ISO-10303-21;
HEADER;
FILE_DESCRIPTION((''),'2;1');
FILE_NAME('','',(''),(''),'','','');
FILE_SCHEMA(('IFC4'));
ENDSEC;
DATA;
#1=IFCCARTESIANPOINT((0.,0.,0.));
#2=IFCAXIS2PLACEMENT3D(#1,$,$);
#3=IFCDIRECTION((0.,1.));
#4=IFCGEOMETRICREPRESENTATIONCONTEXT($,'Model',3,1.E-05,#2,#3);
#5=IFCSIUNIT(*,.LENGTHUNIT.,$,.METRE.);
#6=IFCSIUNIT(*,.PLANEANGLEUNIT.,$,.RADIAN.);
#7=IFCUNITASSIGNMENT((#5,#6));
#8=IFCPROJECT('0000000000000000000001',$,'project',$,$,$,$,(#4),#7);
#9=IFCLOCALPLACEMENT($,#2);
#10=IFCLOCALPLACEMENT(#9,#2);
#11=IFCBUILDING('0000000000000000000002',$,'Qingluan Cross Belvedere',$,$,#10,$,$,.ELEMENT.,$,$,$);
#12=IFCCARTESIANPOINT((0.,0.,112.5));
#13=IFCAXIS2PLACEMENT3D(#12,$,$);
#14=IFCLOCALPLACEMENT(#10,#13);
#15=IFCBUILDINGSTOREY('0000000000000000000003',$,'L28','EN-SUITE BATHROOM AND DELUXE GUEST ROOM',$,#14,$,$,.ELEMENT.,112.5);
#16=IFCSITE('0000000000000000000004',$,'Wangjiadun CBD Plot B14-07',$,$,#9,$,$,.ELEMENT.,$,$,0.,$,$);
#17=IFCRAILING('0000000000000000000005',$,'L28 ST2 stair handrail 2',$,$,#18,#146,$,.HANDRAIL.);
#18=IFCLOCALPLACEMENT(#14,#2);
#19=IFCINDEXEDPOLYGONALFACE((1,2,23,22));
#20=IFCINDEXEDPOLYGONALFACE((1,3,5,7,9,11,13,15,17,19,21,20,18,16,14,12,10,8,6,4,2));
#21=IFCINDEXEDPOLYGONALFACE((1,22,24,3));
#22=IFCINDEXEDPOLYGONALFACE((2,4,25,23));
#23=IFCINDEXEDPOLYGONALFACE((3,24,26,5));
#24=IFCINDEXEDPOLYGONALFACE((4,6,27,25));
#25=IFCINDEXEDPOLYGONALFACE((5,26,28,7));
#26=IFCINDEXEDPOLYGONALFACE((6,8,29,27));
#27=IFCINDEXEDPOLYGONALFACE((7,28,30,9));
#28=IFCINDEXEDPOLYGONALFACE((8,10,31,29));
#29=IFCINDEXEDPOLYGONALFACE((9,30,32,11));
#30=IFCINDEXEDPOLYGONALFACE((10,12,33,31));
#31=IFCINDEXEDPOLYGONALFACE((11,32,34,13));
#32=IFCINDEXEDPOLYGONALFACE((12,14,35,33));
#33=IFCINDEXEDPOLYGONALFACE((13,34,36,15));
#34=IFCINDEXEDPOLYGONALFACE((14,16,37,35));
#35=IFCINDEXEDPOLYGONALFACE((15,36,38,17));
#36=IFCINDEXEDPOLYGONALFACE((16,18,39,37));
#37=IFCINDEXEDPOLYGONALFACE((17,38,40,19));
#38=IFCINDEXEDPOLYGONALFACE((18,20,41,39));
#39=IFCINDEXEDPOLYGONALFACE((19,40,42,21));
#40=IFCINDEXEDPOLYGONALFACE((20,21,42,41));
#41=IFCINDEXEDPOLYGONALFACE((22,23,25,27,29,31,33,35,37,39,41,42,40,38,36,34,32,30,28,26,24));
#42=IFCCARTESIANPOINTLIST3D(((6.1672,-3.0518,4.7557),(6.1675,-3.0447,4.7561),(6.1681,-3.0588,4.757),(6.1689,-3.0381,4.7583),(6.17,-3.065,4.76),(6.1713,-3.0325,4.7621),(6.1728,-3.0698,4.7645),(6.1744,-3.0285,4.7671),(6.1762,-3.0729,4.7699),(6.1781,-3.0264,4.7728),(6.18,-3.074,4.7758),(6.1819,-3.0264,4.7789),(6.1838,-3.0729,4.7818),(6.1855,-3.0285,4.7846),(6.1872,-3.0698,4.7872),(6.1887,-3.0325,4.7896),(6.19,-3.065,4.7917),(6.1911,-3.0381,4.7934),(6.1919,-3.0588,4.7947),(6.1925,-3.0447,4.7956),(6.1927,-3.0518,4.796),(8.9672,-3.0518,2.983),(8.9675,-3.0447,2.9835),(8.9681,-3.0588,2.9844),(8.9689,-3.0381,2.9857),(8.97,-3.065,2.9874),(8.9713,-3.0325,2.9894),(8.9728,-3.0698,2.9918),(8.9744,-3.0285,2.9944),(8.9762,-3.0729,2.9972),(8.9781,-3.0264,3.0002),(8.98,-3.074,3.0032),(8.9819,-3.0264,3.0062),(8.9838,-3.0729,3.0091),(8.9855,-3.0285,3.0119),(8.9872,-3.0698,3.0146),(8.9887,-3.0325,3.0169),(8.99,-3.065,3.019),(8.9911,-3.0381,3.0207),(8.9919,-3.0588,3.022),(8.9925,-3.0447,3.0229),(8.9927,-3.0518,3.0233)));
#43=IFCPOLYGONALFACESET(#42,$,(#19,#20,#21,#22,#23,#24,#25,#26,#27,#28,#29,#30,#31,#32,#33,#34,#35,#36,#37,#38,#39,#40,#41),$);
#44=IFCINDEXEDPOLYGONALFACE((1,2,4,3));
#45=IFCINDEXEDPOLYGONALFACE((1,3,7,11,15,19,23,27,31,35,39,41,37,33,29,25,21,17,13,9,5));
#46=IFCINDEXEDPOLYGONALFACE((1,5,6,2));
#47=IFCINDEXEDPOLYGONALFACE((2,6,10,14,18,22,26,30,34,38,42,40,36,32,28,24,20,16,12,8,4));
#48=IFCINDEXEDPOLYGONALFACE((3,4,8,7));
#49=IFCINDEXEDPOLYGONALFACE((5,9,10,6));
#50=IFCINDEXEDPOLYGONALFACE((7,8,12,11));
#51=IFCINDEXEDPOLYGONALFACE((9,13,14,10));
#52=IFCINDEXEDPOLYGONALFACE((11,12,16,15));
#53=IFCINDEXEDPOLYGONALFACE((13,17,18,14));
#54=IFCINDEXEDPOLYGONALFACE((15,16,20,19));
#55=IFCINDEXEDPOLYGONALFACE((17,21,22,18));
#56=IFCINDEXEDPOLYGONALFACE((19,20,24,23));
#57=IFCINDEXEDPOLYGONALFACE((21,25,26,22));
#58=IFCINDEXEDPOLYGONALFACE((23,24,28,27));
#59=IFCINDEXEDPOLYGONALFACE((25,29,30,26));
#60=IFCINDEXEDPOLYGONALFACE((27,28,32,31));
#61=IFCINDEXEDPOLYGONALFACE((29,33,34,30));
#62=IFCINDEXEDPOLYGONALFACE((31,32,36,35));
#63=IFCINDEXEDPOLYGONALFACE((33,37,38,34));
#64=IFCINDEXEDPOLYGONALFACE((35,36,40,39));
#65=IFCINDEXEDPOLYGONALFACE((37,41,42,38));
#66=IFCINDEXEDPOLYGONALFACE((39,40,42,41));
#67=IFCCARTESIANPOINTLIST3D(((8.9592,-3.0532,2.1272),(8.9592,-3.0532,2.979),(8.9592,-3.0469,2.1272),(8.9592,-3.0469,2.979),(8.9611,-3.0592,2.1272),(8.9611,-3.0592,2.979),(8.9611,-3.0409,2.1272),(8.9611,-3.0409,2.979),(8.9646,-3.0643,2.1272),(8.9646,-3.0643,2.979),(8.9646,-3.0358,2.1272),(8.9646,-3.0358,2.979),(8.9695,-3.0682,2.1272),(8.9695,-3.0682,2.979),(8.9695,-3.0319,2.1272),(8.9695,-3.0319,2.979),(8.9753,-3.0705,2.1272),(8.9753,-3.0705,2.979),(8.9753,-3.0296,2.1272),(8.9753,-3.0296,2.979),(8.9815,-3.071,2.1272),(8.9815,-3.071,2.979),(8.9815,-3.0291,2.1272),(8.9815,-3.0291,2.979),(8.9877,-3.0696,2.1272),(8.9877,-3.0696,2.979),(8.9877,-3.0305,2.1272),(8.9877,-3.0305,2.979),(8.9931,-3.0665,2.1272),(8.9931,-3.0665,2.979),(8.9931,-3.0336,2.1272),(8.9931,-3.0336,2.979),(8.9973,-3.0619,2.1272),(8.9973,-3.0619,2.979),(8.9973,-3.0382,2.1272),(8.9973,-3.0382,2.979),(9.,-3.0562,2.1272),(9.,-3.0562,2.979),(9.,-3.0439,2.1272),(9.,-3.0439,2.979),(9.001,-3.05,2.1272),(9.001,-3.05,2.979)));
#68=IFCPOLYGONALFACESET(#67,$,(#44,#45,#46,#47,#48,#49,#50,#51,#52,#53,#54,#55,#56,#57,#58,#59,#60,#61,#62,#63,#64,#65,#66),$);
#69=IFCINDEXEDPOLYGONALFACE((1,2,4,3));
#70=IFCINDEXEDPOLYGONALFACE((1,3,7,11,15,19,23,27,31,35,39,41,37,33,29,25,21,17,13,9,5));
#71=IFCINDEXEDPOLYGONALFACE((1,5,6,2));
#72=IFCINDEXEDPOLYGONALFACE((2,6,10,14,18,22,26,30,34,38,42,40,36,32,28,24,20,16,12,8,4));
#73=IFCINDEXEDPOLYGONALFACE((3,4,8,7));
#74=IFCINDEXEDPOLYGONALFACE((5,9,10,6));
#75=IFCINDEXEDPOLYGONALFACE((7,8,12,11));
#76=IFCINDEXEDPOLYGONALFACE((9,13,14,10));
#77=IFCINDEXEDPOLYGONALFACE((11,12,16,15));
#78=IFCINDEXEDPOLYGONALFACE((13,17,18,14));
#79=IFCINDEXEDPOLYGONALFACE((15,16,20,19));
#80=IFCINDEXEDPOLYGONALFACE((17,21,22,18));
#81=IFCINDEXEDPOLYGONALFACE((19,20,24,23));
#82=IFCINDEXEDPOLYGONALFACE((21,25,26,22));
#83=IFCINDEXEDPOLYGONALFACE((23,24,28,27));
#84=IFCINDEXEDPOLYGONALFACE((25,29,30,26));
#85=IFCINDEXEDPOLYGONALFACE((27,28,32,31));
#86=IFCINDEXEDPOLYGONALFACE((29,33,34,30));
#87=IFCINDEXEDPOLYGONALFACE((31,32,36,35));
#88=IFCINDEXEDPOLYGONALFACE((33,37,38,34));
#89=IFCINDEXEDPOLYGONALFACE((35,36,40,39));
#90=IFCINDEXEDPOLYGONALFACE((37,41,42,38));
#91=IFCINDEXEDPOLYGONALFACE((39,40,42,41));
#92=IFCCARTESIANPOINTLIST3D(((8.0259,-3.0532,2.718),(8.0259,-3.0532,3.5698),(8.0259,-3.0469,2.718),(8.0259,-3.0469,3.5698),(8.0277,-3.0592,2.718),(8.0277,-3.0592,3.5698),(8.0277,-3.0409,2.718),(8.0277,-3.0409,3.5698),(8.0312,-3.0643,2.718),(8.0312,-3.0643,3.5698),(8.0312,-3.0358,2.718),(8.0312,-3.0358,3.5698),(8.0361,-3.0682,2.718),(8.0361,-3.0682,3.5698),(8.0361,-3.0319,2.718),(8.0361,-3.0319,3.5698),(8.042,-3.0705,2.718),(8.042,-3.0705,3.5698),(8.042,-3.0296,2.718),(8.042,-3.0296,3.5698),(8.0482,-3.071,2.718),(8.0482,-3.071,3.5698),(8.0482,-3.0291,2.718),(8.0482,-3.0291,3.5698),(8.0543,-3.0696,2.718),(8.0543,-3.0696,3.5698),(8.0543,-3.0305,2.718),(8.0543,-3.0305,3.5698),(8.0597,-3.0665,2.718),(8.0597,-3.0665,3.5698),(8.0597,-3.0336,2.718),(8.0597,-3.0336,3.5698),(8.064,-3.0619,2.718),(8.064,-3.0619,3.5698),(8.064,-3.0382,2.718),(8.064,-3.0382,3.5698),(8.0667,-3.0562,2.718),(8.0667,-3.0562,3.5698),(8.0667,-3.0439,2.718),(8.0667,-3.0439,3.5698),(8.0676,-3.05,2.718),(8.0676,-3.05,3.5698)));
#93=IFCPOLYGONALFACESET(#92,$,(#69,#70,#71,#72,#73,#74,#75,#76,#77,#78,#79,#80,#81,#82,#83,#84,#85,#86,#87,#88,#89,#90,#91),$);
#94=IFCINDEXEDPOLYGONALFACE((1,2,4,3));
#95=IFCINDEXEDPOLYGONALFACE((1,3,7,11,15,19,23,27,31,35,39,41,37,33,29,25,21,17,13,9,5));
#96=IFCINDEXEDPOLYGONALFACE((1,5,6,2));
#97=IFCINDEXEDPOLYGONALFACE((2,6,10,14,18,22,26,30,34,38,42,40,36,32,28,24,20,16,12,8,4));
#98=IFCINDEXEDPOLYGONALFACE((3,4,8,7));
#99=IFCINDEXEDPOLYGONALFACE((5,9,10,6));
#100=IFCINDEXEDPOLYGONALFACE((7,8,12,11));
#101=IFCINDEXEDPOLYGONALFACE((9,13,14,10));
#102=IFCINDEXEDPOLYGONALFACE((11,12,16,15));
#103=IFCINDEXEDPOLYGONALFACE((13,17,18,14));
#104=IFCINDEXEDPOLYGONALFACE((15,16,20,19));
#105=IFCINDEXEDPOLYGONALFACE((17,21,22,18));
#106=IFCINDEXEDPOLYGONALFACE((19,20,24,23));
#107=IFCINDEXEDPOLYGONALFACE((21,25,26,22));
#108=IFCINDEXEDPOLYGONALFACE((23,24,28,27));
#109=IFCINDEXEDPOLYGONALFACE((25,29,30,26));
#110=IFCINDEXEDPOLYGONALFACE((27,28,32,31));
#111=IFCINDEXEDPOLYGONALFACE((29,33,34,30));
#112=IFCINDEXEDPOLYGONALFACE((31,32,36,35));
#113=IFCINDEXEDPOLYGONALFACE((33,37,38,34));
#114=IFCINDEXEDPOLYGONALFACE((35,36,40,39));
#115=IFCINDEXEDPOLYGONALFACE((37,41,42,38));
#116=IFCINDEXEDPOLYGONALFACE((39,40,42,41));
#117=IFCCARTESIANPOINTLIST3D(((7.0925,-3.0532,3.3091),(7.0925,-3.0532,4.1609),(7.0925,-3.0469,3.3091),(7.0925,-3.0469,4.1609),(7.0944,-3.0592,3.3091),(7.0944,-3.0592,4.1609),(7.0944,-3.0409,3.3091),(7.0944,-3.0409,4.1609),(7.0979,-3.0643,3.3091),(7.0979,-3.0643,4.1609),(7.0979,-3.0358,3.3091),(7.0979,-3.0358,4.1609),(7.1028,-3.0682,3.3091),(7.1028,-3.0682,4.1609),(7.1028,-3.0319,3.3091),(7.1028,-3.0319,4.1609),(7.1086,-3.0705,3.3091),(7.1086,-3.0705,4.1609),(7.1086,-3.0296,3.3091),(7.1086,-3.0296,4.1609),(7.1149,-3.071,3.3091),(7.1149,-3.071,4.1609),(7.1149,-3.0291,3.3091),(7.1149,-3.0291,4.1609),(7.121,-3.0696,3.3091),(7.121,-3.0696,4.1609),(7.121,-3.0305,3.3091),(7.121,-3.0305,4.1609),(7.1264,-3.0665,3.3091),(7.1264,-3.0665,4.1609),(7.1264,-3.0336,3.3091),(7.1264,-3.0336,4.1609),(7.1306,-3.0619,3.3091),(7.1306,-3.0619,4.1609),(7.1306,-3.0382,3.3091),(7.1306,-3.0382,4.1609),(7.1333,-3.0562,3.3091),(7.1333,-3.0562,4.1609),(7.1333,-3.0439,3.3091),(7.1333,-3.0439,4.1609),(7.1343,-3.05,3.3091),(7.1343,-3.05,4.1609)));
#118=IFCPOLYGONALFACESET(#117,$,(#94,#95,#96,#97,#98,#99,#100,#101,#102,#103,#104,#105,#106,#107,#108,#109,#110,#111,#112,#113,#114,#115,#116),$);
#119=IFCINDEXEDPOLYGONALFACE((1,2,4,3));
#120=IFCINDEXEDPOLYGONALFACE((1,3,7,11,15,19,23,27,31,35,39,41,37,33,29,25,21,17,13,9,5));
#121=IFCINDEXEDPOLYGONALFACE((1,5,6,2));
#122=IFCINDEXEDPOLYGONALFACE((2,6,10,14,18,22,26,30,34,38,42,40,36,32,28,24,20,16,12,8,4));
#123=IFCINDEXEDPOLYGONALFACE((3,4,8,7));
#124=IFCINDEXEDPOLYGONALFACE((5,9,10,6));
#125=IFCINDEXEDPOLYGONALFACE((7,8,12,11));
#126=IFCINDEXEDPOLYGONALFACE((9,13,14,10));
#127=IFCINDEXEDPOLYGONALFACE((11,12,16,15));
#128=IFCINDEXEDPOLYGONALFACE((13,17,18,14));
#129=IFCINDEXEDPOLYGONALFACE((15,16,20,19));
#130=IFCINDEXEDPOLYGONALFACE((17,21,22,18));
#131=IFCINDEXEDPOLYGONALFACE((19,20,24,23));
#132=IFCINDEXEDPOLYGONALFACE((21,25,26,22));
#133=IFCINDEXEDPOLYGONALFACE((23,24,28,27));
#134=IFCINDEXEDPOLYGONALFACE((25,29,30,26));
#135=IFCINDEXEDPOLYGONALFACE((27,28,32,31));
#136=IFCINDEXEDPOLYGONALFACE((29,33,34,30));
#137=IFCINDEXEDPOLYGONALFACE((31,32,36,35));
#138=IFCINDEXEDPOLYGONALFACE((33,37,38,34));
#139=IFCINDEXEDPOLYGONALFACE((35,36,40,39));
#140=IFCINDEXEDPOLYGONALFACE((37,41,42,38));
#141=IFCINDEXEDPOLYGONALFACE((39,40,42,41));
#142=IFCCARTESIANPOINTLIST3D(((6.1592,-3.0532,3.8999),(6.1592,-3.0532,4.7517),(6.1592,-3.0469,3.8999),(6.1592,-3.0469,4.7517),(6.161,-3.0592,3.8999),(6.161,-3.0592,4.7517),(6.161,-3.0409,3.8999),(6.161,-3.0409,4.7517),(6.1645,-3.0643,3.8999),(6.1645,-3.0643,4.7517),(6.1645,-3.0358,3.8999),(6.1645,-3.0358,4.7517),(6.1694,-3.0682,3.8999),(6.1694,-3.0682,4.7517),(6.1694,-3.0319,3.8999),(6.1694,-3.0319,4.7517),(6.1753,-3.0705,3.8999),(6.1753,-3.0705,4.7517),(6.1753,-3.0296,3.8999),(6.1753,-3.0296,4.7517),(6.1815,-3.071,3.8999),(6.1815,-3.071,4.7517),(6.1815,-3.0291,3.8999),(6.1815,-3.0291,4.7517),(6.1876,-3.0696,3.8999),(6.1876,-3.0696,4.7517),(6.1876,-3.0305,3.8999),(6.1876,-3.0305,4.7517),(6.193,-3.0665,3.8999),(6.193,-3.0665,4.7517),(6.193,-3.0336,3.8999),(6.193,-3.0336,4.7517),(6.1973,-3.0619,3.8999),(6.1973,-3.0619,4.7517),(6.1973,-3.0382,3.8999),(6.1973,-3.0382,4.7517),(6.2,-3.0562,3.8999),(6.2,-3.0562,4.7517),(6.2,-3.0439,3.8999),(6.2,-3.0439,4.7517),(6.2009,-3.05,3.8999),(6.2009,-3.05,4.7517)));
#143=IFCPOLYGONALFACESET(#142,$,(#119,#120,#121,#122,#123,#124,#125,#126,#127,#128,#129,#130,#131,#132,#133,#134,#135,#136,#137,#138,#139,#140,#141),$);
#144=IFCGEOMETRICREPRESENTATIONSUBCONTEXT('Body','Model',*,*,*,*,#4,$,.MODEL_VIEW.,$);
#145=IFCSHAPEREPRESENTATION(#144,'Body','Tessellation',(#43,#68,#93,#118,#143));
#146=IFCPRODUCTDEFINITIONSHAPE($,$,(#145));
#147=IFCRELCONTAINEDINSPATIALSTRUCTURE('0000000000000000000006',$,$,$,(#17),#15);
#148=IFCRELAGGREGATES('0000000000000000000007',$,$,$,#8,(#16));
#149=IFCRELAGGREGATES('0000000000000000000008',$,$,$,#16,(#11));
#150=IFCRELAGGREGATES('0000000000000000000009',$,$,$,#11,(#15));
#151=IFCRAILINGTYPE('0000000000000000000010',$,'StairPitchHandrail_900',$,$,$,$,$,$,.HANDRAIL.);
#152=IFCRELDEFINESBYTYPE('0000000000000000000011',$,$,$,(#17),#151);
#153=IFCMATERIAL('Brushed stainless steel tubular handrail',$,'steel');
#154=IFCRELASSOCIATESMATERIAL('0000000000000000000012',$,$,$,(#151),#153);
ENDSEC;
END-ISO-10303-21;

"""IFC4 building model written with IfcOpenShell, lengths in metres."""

from ifc_helpers import new_model, si_unit, direction, frame, origin, origin_2d, place, context, subcontext, project, spatial, circle, extrude, material, type_object, element, save


model = new_model("IFC4")

# Units and contexts
model_context = context("Model", 3, precision=1e-05, world=origin(), true_north=direction((0.0, 1.0)))
body_context = subcontext(model_context, "Body", "Model", "MODEL_VIEW")
ifc_project = project(units=[si_unit("LENGTHUNIT", "METRE"), si_unit("PLANEANGLEUNIT", "RADIAN")], contexts=[model_context])

# Site, building, storey
site_placement = place(None, origin())
site = spatial("IfcSite", under=ifc_project, at=site_placement, Name="Wangjiadun CBD Plot B14-07", CompositionType="ELEMENT", RefElevation=0.0)
building_placement = place(site_placement, origin())
building = spatial("IfcBuilding", under=site, at=building_placement, Name="Qingluan Cross Belvedere", CompositionType="ELEMENT")
storey_placement = place(building_placement, frame((0.0, 0.0, 112.5)))
storey = spatial("IfcBuildingStorey", under=building, at=storey_placement, Name="L28", Description="EN-SUITE BATHROOM AND DELUXE GUEST ROOM", CompositionType="ELEMENT", Elevation=112.5)

# Railing
ifc_material_1 = material(Name="Brushed stainless steel tubular handrail", Category="steel")
railing_type_1 = type_object("IfcRailingType", Name="StairPitchHandrail_900", PredefinedType="HANDRAIL", material=ifc_material_1)
railing_1_placement = place(storey_placement, frame((8.98, -3.05, 2.1272)))
element("IfcRailing", 1, at=railing_1_placement, inside=storey, type_object=railing_type_1, Name="L28 ST2 stair handrail 2", PredefinedType="HANDRAIL", context=body_context, shape_type="SweptSolid", body=[
    extrude(circle(Radius=0.0239, at=origin_2d()), frame((0.0, 0.0, 0.876), z_axis=(-0.844909, 0.0, 0.53491), x_axis=(0.0, -1.0, 0.0)), (0.0, 0.0, 1.0), 3.314),
    extrude(circle(Radius=0.021, at=origin_2d()), origin(), (0.0, 0.0, 1.0), 0.8518),
    extrude(circle(Radius=0.021, at=origin_2d()), frame((-0.9333, 0.0, 0.5908)), (0.0, 0.0, 1.0), 0.8518),
    extrude(circle(Radius=0.021, at=origin_2d()), frame((-1.8667, 0.0, 1.1819)), (0.0, 0.0, 1.0), 0.8518),
    extrude(circle(Radius=0.021, at=origin_2d()), frame((-2.8, 0.0, 1.7727)), (0.0, 0.0, 1.0), 0.8518),
])

save(model, "model.ifc")
